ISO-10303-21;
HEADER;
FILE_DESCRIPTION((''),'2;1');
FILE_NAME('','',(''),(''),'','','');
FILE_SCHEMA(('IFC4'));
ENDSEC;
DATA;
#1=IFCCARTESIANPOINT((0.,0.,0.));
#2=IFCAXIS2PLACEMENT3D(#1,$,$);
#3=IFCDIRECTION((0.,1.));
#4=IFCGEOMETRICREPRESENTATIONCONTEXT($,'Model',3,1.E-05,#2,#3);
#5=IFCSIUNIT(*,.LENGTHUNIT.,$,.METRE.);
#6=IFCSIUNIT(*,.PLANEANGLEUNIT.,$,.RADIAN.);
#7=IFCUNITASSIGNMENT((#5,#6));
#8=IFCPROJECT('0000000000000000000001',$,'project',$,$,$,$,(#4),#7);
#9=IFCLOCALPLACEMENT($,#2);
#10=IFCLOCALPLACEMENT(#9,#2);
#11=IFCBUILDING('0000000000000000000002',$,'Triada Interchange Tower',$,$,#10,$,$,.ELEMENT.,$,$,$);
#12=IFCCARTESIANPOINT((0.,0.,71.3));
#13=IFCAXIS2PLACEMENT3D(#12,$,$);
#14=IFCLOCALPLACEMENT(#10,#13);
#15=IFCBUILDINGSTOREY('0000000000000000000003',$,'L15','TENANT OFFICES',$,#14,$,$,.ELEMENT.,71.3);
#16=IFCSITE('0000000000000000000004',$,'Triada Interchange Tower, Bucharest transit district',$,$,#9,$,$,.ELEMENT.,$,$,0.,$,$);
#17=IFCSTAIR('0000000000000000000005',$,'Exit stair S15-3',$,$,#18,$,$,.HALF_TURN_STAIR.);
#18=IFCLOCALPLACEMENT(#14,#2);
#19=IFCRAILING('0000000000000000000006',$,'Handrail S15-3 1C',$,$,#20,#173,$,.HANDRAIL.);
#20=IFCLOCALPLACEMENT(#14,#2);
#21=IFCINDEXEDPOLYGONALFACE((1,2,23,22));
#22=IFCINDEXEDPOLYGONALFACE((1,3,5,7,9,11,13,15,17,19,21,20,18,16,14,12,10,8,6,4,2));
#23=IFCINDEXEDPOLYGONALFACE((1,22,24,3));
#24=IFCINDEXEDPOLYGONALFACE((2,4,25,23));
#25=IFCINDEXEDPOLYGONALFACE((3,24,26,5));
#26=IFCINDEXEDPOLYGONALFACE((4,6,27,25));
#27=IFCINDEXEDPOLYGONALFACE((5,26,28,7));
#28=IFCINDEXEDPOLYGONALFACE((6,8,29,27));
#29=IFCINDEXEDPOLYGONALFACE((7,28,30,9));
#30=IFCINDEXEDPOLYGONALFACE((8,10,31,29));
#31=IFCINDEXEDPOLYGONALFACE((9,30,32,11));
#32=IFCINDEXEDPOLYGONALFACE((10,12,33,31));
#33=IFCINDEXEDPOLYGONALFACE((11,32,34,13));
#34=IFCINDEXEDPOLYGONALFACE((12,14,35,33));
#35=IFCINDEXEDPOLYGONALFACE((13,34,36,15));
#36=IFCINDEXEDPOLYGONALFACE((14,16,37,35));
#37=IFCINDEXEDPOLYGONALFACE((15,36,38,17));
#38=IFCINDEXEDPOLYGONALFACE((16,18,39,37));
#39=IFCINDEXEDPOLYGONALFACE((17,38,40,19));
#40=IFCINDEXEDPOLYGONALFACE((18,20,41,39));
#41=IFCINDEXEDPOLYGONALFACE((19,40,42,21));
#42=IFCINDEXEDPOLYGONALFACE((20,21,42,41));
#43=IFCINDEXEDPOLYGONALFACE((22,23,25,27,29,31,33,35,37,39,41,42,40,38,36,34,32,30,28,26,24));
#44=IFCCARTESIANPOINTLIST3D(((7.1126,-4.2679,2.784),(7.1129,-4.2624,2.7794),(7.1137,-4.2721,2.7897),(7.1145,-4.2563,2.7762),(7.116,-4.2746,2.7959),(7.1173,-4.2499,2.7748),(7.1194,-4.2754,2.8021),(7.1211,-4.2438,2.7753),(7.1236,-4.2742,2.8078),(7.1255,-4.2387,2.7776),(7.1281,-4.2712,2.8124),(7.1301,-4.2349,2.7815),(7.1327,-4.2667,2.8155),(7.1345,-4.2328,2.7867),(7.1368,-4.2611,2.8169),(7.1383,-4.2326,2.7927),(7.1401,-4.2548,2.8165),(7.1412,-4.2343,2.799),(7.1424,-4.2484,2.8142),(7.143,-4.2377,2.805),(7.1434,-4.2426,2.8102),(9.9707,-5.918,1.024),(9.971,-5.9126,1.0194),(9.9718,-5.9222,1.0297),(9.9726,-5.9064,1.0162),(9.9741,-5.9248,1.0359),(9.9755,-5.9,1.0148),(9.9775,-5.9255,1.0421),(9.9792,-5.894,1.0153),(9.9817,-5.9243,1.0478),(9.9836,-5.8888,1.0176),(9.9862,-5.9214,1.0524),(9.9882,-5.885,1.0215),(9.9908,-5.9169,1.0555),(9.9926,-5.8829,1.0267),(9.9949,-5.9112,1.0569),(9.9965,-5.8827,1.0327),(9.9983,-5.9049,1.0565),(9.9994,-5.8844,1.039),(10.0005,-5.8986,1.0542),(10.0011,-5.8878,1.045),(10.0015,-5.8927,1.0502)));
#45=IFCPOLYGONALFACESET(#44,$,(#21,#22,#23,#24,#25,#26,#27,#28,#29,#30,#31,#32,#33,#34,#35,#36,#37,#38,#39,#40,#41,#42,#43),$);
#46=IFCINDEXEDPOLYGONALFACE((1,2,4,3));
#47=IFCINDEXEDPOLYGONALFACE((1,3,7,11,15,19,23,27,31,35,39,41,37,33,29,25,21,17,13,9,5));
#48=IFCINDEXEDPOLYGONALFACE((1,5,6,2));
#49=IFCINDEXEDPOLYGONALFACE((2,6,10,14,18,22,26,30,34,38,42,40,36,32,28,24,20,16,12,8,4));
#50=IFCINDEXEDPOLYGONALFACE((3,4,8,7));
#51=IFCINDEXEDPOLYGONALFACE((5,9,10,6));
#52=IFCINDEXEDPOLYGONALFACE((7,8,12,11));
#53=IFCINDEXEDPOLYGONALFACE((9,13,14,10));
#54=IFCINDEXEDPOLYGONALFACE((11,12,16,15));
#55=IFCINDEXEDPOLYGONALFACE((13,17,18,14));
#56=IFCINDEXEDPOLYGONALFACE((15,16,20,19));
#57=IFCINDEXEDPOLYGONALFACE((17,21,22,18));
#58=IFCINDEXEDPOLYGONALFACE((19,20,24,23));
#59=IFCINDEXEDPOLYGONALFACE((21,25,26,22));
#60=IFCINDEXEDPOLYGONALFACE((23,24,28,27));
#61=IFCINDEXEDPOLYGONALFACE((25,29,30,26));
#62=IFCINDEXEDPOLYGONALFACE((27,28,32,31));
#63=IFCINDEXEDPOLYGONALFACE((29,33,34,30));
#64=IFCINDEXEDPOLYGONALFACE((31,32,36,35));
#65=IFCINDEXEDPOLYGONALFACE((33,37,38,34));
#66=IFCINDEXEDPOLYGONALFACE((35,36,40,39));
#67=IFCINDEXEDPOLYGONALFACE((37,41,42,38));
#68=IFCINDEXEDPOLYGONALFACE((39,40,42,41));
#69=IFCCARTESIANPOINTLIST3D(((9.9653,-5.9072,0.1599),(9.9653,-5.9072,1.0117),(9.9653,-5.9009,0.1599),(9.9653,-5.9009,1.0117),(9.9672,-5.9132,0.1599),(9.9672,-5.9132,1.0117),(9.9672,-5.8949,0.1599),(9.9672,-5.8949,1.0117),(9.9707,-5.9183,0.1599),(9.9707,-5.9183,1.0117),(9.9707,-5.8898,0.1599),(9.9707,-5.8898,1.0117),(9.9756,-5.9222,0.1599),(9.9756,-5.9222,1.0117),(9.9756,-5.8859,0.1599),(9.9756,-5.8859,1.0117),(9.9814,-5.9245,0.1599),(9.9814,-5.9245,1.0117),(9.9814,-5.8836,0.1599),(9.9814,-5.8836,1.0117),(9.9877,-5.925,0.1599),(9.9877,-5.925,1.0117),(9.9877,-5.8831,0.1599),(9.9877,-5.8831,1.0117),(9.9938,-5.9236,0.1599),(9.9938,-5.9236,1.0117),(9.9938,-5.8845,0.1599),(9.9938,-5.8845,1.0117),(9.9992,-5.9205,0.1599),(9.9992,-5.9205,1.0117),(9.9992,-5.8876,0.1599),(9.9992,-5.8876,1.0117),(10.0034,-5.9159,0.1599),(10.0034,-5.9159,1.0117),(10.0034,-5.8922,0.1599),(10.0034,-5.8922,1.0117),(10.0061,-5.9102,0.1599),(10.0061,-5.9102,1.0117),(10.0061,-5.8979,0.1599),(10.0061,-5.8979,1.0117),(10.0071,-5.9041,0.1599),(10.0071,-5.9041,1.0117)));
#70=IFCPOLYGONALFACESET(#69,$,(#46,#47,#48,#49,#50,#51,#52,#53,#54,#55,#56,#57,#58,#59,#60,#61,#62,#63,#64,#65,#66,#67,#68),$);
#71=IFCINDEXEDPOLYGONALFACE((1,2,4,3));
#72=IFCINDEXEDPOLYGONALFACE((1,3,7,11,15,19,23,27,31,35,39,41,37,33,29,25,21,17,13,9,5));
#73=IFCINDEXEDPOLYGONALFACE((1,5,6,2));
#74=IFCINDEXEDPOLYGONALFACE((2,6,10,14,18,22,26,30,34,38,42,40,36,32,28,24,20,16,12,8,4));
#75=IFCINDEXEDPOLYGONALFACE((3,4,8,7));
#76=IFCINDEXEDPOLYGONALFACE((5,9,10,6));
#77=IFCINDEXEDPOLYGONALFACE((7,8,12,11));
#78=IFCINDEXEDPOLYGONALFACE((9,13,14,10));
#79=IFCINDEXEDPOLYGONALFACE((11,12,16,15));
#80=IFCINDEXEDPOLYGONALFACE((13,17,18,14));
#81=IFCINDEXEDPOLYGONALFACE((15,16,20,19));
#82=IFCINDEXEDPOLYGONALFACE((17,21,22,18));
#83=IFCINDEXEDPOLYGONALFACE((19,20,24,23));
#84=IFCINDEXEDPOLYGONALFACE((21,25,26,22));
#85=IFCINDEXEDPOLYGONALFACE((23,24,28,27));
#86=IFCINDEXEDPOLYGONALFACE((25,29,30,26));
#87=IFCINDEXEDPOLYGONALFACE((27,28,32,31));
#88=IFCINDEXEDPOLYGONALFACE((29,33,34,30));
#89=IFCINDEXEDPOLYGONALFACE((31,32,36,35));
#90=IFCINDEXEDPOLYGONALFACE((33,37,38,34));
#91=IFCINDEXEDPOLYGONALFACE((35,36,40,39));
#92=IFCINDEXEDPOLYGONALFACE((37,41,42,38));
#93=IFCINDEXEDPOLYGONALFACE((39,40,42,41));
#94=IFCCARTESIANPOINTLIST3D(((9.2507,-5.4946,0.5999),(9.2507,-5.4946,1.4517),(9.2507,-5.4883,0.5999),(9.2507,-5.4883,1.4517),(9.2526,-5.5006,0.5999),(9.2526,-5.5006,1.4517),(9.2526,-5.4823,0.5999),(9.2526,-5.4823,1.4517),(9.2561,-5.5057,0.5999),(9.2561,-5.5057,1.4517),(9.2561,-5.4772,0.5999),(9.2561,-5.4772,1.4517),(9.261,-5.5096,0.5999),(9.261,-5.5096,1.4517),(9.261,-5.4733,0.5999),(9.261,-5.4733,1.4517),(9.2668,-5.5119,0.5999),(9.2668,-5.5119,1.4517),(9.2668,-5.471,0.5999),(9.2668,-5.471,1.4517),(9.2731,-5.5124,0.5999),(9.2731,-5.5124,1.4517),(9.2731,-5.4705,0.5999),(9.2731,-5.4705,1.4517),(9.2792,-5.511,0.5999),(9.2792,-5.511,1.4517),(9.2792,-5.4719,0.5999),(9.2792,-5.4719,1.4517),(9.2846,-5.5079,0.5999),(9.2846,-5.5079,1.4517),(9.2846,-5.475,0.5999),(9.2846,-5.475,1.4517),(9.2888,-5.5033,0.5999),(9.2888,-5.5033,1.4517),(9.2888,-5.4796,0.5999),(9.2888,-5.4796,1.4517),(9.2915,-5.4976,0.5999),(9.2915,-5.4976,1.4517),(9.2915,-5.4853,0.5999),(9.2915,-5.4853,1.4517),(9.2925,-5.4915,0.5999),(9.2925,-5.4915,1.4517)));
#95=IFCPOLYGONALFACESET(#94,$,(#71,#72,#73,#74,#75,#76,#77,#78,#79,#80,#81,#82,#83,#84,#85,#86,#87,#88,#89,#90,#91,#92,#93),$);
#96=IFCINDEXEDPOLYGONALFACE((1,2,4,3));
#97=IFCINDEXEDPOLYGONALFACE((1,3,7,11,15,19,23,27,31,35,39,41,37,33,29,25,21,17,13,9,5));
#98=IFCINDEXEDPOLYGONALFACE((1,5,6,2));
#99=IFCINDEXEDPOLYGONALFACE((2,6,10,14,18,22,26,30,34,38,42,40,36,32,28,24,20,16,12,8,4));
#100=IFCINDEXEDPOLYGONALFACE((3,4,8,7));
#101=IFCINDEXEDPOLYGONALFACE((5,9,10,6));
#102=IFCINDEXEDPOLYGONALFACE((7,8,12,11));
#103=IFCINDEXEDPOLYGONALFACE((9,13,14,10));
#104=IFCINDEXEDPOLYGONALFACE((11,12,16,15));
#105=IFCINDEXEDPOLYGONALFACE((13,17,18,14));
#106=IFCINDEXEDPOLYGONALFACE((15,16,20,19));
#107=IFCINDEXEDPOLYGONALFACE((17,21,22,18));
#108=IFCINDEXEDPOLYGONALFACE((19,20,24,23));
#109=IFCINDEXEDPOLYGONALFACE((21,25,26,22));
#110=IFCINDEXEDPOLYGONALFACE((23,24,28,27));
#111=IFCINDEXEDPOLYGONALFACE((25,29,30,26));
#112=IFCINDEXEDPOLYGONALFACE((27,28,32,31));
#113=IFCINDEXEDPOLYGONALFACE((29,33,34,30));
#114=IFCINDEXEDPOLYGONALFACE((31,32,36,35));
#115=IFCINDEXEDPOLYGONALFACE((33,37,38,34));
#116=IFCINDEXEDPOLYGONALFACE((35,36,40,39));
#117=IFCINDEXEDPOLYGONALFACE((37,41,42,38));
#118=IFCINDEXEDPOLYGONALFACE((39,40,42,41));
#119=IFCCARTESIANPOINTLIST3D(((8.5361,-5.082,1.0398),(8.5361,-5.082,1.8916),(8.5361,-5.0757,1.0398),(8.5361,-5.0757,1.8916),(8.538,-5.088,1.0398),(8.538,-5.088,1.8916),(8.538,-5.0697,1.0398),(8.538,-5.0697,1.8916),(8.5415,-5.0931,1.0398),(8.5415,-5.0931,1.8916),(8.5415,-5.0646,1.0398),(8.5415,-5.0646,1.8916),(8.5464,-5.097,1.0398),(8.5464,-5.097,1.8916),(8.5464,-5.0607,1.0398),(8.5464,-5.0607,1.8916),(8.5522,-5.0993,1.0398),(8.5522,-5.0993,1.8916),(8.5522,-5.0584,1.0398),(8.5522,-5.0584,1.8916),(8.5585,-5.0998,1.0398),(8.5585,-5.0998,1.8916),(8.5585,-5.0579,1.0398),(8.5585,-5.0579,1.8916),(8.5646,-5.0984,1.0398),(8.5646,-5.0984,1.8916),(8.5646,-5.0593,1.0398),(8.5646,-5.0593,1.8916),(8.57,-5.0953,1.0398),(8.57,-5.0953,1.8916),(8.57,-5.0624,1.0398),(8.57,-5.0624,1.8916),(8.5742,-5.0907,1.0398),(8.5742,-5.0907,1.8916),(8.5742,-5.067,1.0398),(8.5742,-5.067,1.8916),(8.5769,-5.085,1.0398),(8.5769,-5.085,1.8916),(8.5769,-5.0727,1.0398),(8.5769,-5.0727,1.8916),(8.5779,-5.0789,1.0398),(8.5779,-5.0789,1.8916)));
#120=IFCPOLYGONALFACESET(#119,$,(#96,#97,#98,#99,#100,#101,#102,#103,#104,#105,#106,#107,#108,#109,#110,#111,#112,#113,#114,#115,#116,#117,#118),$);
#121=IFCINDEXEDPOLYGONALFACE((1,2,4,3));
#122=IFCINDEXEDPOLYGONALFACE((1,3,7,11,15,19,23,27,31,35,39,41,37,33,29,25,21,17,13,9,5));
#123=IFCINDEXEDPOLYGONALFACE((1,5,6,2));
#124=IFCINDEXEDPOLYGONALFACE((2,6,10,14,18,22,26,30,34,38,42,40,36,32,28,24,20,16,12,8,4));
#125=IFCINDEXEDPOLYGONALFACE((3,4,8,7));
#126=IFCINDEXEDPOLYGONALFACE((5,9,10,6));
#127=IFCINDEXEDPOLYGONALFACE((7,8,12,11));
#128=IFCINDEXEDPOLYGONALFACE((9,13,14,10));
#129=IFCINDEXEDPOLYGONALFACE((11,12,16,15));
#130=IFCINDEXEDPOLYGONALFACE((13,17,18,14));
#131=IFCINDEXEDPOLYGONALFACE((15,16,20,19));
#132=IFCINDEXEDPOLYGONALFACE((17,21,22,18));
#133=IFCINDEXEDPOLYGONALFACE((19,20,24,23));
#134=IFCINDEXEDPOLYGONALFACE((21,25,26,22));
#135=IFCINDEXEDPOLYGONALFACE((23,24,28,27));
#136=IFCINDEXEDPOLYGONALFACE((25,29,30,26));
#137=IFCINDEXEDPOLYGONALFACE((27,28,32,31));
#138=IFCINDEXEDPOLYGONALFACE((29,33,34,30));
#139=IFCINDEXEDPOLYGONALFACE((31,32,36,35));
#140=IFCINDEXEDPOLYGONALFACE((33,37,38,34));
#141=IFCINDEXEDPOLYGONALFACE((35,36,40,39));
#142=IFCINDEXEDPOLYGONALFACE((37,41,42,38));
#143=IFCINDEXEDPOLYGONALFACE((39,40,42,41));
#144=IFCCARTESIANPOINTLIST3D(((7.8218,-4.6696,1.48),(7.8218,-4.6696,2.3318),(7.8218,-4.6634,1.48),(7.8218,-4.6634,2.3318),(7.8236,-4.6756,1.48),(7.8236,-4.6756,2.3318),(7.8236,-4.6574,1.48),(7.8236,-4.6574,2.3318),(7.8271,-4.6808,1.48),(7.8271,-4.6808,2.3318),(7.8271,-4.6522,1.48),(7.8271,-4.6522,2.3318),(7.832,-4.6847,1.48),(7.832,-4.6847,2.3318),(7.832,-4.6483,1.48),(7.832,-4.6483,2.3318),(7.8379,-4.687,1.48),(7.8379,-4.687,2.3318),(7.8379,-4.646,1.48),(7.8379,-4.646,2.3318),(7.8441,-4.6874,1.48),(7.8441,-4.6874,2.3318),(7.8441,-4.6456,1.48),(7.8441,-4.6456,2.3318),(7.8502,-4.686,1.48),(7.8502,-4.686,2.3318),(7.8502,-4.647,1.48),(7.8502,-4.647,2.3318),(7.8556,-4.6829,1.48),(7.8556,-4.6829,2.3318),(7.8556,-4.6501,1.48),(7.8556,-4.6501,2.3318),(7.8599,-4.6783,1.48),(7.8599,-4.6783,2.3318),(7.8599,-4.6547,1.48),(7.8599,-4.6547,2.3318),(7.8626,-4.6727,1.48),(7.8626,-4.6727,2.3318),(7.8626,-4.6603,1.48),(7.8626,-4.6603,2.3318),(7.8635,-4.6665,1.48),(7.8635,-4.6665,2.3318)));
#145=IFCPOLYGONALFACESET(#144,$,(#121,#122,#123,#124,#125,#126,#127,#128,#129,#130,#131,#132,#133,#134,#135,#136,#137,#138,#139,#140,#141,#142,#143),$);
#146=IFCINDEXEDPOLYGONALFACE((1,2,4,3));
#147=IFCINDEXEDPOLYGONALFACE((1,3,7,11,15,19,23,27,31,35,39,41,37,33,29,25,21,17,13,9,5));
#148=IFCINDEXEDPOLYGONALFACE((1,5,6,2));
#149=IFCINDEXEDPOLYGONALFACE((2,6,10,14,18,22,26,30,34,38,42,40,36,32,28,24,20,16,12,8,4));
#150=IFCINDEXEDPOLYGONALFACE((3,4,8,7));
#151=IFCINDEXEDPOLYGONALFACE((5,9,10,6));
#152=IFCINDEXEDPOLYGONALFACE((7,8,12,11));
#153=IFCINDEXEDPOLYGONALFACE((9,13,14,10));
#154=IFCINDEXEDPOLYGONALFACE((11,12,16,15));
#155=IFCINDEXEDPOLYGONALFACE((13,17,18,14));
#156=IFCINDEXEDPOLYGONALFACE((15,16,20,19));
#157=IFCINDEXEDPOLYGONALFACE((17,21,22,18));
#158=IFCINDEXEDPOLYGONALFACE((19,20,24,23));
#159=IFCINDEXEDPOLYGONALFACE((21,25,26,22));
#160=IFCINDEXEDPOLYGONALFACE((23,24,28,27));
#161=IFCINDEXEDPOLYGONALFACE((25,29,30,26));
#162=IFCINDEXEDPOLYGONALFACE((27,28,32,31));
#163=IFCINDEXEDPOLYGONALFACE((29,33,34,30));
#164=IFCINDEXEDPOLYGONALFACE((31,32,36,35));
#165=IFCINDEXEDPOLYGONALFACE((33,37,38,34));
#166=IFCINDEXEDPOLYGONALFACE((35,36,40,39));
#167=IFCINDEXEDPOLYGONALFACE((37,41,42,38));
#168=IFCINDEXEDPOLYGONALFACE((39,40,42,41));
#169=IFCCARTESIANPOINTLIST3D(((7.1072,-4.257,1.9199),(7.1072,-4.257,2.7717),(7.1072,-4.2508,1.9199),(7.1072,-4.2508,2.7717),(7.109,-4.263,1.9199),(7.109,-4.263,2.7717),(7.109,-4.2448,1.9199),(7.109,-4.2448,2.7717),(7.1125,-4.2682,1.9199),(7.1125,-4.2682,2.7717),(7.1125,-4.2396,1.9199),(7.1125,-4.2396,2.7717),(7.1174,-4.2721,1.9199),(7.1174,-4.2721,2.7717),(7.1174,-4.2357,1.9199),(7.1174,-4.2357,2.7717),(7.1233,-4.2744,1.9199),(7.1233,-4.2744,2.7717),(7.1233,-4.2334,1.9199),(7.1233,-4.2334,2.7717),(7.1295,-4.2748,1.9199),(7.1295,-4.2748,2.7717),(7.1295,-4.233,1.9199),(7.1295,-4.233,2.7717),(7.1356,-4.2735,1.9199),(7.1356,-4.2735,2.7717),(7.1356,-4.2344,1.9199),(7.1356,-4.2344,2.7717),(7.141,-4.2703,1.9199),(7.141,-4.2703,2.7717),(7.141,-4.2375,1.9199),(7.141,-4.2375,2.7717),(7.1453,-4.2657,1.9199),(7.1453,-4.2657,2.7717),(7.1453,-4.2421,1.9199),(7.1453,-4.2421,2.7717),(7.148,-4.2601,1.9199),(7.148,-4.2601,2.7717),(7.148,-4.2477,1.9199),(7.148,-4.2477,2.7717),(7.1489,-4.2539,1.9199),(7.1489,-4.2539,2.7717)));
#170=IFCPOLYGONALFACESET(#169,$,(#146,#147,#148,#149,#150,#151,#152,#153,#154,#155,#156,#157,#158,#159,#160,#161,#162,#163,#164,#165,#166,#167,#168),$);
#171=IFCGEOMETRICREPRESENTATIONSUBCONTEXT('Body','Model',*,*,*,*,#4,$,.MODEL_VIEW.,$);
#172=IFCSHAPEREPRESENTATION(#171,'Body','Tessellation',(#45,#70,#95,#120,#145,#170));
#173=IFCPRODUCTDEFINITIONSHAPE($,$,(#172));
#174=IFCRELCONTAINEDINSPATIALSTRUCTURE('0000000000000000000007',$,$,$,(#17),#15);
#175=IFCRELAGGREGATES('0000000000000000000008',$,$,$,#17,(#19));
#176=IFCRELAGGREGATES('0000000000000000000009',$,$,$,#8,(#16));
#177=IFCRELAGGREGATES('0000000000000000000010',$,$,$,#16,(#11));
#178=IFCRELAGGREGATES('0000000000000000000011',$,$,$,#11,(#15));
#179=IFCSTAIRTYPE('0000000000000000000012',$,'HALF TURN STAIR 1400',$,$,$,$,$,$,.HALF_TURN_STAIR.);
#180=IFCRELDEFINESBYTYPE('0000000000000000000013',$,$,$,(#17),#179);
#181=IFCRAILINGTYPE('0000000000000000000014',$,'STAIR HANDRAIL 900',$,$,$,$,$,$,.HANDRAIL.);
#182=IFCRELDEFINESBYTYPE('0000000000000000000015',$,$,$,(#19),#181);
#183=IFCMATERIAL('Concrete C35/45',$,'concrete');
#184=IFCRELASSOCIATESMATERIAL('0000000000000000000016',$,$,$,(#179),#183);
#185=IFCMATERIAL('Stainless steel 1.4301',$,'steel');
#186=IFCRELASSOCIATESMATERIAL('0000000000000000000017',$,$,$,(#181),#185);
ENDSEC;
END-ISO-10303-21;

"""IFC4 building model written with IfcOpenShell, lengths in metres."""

from ifc_helpers import new_model, si_unit, direction, frame, origin, origin_2d, place, context, subcontext, project, spatial, circle, extrude, material, type_object, element, aggregate, save


model = new_model("IFC4")

# Units and contexts
model_context = context("Model", 3, precision=1e-05, world=origin(), true_north=direction((0.0, 1.0)))
body_context = subcontext(model_context, "Body", "Model", "MODEL_VIEW")
ifc_project = project(units=[si_unit("LENGTHUNIT", "METRE"), si_unit("PLANEANGLEUNIT", "RADIAN")], contexts=[model_context])

# Site, building, storey
site_placement = place(None, origin())
site = spatial("IfcSite", under=ifc_project, at=site_placement, Name="Triada Interchange Tower, Bucharest transit district", CompositionType="ELEMENT", RefElevation=0.0)
building_placement = place(site_placement, origin())
building = spatial("IfcBuilding", under=site, at=building_placement, Name="Triada Interchange Tower", CompositionType="ELEMENT")
storey_placement = place(building_placement, frame((0.0, 0.0, 71.3)))
storey = spatial("IfcBuildingStorey", under=building, at=storey_placement, Name="L15", Description="TENANT OFFICES", CompositionType="ELEMENT", Elevation=71.3)

# Stair, railing
ifc_material_1 = material(Name="Concrete C35/45", Category="concrete")
stair_type = type_object("IfcStairType", Name="HALF TURN STAIR 1400", PredefinedType="HALF_TURN_STAIR", material=ifc_material_1)
stair_placement = place(storey_placement, origin())
stair = element("IfcStair", 1, at=stair_placement, inside=storey, type_object=stair_type, Name="Exit stair S15-3", PredefinedType="HALF_TURN_STAIR")
ifc_material_2 = material(Name="Stainless steel 1.4301", Category="steel")
railing_type = type_object("IfcRailingType", Name="STAIR HANDRAIL 900", PredefinedType="HANDRAIL", material=ifc_material_2)
railing_1_placement = place(storey_placement, frame((9.9861, -5.9041, 0.1599)))
railing_1 = element("IfcRailing", 2, at=railing_1_placement, type_object=railing_type, Name="Handrail S15-3 1C", PredefinedType="HANDRAIL", context=body_context, shape_type="SweptSolid", body=[
    extrude(circle(Radius=0.0239, at=origin_2d()), frame((0.0, 0.0, 0.876), z_axis=(-0.764156, 0.441183, 0.470556), x_axis=(-0.499998, -0.866027, 0.0)), (0.0, 0.0, 1.0), 3.7402),
    extrude(circle(Radius=0.021, at=origin_2d()), origin(), (0.0, 0.0, 1.0), 0.8518),
    extrude(circle(Radius=0.021, at=origin_2d()), frame((-0.7146, 0.4126, 0.4399)), (0.0, 0.0, 1.0), 0.8518),
    extrude(circle(Radius=0.021, at=origin_2d()), frame((-1.4292, 0.8252, 0.8799)), (0.0, 0.0, 1.0), 0.8518),
    extrude(circle(Radius=0.021, at=origin_2d()), frame((-2.1436, 1.2375, 1.3201)), (0.0, 0.0, 1.0), 0.8518),
    extrude(circle(Radius=0.021, at=origin_2d()), frame((-2.8582, 1.6501, 1.76)), (0.0, 0.0, 1.0), 0.8518),
])
aggregate(stair, [railing_1])

save(model, "model.ifc")
